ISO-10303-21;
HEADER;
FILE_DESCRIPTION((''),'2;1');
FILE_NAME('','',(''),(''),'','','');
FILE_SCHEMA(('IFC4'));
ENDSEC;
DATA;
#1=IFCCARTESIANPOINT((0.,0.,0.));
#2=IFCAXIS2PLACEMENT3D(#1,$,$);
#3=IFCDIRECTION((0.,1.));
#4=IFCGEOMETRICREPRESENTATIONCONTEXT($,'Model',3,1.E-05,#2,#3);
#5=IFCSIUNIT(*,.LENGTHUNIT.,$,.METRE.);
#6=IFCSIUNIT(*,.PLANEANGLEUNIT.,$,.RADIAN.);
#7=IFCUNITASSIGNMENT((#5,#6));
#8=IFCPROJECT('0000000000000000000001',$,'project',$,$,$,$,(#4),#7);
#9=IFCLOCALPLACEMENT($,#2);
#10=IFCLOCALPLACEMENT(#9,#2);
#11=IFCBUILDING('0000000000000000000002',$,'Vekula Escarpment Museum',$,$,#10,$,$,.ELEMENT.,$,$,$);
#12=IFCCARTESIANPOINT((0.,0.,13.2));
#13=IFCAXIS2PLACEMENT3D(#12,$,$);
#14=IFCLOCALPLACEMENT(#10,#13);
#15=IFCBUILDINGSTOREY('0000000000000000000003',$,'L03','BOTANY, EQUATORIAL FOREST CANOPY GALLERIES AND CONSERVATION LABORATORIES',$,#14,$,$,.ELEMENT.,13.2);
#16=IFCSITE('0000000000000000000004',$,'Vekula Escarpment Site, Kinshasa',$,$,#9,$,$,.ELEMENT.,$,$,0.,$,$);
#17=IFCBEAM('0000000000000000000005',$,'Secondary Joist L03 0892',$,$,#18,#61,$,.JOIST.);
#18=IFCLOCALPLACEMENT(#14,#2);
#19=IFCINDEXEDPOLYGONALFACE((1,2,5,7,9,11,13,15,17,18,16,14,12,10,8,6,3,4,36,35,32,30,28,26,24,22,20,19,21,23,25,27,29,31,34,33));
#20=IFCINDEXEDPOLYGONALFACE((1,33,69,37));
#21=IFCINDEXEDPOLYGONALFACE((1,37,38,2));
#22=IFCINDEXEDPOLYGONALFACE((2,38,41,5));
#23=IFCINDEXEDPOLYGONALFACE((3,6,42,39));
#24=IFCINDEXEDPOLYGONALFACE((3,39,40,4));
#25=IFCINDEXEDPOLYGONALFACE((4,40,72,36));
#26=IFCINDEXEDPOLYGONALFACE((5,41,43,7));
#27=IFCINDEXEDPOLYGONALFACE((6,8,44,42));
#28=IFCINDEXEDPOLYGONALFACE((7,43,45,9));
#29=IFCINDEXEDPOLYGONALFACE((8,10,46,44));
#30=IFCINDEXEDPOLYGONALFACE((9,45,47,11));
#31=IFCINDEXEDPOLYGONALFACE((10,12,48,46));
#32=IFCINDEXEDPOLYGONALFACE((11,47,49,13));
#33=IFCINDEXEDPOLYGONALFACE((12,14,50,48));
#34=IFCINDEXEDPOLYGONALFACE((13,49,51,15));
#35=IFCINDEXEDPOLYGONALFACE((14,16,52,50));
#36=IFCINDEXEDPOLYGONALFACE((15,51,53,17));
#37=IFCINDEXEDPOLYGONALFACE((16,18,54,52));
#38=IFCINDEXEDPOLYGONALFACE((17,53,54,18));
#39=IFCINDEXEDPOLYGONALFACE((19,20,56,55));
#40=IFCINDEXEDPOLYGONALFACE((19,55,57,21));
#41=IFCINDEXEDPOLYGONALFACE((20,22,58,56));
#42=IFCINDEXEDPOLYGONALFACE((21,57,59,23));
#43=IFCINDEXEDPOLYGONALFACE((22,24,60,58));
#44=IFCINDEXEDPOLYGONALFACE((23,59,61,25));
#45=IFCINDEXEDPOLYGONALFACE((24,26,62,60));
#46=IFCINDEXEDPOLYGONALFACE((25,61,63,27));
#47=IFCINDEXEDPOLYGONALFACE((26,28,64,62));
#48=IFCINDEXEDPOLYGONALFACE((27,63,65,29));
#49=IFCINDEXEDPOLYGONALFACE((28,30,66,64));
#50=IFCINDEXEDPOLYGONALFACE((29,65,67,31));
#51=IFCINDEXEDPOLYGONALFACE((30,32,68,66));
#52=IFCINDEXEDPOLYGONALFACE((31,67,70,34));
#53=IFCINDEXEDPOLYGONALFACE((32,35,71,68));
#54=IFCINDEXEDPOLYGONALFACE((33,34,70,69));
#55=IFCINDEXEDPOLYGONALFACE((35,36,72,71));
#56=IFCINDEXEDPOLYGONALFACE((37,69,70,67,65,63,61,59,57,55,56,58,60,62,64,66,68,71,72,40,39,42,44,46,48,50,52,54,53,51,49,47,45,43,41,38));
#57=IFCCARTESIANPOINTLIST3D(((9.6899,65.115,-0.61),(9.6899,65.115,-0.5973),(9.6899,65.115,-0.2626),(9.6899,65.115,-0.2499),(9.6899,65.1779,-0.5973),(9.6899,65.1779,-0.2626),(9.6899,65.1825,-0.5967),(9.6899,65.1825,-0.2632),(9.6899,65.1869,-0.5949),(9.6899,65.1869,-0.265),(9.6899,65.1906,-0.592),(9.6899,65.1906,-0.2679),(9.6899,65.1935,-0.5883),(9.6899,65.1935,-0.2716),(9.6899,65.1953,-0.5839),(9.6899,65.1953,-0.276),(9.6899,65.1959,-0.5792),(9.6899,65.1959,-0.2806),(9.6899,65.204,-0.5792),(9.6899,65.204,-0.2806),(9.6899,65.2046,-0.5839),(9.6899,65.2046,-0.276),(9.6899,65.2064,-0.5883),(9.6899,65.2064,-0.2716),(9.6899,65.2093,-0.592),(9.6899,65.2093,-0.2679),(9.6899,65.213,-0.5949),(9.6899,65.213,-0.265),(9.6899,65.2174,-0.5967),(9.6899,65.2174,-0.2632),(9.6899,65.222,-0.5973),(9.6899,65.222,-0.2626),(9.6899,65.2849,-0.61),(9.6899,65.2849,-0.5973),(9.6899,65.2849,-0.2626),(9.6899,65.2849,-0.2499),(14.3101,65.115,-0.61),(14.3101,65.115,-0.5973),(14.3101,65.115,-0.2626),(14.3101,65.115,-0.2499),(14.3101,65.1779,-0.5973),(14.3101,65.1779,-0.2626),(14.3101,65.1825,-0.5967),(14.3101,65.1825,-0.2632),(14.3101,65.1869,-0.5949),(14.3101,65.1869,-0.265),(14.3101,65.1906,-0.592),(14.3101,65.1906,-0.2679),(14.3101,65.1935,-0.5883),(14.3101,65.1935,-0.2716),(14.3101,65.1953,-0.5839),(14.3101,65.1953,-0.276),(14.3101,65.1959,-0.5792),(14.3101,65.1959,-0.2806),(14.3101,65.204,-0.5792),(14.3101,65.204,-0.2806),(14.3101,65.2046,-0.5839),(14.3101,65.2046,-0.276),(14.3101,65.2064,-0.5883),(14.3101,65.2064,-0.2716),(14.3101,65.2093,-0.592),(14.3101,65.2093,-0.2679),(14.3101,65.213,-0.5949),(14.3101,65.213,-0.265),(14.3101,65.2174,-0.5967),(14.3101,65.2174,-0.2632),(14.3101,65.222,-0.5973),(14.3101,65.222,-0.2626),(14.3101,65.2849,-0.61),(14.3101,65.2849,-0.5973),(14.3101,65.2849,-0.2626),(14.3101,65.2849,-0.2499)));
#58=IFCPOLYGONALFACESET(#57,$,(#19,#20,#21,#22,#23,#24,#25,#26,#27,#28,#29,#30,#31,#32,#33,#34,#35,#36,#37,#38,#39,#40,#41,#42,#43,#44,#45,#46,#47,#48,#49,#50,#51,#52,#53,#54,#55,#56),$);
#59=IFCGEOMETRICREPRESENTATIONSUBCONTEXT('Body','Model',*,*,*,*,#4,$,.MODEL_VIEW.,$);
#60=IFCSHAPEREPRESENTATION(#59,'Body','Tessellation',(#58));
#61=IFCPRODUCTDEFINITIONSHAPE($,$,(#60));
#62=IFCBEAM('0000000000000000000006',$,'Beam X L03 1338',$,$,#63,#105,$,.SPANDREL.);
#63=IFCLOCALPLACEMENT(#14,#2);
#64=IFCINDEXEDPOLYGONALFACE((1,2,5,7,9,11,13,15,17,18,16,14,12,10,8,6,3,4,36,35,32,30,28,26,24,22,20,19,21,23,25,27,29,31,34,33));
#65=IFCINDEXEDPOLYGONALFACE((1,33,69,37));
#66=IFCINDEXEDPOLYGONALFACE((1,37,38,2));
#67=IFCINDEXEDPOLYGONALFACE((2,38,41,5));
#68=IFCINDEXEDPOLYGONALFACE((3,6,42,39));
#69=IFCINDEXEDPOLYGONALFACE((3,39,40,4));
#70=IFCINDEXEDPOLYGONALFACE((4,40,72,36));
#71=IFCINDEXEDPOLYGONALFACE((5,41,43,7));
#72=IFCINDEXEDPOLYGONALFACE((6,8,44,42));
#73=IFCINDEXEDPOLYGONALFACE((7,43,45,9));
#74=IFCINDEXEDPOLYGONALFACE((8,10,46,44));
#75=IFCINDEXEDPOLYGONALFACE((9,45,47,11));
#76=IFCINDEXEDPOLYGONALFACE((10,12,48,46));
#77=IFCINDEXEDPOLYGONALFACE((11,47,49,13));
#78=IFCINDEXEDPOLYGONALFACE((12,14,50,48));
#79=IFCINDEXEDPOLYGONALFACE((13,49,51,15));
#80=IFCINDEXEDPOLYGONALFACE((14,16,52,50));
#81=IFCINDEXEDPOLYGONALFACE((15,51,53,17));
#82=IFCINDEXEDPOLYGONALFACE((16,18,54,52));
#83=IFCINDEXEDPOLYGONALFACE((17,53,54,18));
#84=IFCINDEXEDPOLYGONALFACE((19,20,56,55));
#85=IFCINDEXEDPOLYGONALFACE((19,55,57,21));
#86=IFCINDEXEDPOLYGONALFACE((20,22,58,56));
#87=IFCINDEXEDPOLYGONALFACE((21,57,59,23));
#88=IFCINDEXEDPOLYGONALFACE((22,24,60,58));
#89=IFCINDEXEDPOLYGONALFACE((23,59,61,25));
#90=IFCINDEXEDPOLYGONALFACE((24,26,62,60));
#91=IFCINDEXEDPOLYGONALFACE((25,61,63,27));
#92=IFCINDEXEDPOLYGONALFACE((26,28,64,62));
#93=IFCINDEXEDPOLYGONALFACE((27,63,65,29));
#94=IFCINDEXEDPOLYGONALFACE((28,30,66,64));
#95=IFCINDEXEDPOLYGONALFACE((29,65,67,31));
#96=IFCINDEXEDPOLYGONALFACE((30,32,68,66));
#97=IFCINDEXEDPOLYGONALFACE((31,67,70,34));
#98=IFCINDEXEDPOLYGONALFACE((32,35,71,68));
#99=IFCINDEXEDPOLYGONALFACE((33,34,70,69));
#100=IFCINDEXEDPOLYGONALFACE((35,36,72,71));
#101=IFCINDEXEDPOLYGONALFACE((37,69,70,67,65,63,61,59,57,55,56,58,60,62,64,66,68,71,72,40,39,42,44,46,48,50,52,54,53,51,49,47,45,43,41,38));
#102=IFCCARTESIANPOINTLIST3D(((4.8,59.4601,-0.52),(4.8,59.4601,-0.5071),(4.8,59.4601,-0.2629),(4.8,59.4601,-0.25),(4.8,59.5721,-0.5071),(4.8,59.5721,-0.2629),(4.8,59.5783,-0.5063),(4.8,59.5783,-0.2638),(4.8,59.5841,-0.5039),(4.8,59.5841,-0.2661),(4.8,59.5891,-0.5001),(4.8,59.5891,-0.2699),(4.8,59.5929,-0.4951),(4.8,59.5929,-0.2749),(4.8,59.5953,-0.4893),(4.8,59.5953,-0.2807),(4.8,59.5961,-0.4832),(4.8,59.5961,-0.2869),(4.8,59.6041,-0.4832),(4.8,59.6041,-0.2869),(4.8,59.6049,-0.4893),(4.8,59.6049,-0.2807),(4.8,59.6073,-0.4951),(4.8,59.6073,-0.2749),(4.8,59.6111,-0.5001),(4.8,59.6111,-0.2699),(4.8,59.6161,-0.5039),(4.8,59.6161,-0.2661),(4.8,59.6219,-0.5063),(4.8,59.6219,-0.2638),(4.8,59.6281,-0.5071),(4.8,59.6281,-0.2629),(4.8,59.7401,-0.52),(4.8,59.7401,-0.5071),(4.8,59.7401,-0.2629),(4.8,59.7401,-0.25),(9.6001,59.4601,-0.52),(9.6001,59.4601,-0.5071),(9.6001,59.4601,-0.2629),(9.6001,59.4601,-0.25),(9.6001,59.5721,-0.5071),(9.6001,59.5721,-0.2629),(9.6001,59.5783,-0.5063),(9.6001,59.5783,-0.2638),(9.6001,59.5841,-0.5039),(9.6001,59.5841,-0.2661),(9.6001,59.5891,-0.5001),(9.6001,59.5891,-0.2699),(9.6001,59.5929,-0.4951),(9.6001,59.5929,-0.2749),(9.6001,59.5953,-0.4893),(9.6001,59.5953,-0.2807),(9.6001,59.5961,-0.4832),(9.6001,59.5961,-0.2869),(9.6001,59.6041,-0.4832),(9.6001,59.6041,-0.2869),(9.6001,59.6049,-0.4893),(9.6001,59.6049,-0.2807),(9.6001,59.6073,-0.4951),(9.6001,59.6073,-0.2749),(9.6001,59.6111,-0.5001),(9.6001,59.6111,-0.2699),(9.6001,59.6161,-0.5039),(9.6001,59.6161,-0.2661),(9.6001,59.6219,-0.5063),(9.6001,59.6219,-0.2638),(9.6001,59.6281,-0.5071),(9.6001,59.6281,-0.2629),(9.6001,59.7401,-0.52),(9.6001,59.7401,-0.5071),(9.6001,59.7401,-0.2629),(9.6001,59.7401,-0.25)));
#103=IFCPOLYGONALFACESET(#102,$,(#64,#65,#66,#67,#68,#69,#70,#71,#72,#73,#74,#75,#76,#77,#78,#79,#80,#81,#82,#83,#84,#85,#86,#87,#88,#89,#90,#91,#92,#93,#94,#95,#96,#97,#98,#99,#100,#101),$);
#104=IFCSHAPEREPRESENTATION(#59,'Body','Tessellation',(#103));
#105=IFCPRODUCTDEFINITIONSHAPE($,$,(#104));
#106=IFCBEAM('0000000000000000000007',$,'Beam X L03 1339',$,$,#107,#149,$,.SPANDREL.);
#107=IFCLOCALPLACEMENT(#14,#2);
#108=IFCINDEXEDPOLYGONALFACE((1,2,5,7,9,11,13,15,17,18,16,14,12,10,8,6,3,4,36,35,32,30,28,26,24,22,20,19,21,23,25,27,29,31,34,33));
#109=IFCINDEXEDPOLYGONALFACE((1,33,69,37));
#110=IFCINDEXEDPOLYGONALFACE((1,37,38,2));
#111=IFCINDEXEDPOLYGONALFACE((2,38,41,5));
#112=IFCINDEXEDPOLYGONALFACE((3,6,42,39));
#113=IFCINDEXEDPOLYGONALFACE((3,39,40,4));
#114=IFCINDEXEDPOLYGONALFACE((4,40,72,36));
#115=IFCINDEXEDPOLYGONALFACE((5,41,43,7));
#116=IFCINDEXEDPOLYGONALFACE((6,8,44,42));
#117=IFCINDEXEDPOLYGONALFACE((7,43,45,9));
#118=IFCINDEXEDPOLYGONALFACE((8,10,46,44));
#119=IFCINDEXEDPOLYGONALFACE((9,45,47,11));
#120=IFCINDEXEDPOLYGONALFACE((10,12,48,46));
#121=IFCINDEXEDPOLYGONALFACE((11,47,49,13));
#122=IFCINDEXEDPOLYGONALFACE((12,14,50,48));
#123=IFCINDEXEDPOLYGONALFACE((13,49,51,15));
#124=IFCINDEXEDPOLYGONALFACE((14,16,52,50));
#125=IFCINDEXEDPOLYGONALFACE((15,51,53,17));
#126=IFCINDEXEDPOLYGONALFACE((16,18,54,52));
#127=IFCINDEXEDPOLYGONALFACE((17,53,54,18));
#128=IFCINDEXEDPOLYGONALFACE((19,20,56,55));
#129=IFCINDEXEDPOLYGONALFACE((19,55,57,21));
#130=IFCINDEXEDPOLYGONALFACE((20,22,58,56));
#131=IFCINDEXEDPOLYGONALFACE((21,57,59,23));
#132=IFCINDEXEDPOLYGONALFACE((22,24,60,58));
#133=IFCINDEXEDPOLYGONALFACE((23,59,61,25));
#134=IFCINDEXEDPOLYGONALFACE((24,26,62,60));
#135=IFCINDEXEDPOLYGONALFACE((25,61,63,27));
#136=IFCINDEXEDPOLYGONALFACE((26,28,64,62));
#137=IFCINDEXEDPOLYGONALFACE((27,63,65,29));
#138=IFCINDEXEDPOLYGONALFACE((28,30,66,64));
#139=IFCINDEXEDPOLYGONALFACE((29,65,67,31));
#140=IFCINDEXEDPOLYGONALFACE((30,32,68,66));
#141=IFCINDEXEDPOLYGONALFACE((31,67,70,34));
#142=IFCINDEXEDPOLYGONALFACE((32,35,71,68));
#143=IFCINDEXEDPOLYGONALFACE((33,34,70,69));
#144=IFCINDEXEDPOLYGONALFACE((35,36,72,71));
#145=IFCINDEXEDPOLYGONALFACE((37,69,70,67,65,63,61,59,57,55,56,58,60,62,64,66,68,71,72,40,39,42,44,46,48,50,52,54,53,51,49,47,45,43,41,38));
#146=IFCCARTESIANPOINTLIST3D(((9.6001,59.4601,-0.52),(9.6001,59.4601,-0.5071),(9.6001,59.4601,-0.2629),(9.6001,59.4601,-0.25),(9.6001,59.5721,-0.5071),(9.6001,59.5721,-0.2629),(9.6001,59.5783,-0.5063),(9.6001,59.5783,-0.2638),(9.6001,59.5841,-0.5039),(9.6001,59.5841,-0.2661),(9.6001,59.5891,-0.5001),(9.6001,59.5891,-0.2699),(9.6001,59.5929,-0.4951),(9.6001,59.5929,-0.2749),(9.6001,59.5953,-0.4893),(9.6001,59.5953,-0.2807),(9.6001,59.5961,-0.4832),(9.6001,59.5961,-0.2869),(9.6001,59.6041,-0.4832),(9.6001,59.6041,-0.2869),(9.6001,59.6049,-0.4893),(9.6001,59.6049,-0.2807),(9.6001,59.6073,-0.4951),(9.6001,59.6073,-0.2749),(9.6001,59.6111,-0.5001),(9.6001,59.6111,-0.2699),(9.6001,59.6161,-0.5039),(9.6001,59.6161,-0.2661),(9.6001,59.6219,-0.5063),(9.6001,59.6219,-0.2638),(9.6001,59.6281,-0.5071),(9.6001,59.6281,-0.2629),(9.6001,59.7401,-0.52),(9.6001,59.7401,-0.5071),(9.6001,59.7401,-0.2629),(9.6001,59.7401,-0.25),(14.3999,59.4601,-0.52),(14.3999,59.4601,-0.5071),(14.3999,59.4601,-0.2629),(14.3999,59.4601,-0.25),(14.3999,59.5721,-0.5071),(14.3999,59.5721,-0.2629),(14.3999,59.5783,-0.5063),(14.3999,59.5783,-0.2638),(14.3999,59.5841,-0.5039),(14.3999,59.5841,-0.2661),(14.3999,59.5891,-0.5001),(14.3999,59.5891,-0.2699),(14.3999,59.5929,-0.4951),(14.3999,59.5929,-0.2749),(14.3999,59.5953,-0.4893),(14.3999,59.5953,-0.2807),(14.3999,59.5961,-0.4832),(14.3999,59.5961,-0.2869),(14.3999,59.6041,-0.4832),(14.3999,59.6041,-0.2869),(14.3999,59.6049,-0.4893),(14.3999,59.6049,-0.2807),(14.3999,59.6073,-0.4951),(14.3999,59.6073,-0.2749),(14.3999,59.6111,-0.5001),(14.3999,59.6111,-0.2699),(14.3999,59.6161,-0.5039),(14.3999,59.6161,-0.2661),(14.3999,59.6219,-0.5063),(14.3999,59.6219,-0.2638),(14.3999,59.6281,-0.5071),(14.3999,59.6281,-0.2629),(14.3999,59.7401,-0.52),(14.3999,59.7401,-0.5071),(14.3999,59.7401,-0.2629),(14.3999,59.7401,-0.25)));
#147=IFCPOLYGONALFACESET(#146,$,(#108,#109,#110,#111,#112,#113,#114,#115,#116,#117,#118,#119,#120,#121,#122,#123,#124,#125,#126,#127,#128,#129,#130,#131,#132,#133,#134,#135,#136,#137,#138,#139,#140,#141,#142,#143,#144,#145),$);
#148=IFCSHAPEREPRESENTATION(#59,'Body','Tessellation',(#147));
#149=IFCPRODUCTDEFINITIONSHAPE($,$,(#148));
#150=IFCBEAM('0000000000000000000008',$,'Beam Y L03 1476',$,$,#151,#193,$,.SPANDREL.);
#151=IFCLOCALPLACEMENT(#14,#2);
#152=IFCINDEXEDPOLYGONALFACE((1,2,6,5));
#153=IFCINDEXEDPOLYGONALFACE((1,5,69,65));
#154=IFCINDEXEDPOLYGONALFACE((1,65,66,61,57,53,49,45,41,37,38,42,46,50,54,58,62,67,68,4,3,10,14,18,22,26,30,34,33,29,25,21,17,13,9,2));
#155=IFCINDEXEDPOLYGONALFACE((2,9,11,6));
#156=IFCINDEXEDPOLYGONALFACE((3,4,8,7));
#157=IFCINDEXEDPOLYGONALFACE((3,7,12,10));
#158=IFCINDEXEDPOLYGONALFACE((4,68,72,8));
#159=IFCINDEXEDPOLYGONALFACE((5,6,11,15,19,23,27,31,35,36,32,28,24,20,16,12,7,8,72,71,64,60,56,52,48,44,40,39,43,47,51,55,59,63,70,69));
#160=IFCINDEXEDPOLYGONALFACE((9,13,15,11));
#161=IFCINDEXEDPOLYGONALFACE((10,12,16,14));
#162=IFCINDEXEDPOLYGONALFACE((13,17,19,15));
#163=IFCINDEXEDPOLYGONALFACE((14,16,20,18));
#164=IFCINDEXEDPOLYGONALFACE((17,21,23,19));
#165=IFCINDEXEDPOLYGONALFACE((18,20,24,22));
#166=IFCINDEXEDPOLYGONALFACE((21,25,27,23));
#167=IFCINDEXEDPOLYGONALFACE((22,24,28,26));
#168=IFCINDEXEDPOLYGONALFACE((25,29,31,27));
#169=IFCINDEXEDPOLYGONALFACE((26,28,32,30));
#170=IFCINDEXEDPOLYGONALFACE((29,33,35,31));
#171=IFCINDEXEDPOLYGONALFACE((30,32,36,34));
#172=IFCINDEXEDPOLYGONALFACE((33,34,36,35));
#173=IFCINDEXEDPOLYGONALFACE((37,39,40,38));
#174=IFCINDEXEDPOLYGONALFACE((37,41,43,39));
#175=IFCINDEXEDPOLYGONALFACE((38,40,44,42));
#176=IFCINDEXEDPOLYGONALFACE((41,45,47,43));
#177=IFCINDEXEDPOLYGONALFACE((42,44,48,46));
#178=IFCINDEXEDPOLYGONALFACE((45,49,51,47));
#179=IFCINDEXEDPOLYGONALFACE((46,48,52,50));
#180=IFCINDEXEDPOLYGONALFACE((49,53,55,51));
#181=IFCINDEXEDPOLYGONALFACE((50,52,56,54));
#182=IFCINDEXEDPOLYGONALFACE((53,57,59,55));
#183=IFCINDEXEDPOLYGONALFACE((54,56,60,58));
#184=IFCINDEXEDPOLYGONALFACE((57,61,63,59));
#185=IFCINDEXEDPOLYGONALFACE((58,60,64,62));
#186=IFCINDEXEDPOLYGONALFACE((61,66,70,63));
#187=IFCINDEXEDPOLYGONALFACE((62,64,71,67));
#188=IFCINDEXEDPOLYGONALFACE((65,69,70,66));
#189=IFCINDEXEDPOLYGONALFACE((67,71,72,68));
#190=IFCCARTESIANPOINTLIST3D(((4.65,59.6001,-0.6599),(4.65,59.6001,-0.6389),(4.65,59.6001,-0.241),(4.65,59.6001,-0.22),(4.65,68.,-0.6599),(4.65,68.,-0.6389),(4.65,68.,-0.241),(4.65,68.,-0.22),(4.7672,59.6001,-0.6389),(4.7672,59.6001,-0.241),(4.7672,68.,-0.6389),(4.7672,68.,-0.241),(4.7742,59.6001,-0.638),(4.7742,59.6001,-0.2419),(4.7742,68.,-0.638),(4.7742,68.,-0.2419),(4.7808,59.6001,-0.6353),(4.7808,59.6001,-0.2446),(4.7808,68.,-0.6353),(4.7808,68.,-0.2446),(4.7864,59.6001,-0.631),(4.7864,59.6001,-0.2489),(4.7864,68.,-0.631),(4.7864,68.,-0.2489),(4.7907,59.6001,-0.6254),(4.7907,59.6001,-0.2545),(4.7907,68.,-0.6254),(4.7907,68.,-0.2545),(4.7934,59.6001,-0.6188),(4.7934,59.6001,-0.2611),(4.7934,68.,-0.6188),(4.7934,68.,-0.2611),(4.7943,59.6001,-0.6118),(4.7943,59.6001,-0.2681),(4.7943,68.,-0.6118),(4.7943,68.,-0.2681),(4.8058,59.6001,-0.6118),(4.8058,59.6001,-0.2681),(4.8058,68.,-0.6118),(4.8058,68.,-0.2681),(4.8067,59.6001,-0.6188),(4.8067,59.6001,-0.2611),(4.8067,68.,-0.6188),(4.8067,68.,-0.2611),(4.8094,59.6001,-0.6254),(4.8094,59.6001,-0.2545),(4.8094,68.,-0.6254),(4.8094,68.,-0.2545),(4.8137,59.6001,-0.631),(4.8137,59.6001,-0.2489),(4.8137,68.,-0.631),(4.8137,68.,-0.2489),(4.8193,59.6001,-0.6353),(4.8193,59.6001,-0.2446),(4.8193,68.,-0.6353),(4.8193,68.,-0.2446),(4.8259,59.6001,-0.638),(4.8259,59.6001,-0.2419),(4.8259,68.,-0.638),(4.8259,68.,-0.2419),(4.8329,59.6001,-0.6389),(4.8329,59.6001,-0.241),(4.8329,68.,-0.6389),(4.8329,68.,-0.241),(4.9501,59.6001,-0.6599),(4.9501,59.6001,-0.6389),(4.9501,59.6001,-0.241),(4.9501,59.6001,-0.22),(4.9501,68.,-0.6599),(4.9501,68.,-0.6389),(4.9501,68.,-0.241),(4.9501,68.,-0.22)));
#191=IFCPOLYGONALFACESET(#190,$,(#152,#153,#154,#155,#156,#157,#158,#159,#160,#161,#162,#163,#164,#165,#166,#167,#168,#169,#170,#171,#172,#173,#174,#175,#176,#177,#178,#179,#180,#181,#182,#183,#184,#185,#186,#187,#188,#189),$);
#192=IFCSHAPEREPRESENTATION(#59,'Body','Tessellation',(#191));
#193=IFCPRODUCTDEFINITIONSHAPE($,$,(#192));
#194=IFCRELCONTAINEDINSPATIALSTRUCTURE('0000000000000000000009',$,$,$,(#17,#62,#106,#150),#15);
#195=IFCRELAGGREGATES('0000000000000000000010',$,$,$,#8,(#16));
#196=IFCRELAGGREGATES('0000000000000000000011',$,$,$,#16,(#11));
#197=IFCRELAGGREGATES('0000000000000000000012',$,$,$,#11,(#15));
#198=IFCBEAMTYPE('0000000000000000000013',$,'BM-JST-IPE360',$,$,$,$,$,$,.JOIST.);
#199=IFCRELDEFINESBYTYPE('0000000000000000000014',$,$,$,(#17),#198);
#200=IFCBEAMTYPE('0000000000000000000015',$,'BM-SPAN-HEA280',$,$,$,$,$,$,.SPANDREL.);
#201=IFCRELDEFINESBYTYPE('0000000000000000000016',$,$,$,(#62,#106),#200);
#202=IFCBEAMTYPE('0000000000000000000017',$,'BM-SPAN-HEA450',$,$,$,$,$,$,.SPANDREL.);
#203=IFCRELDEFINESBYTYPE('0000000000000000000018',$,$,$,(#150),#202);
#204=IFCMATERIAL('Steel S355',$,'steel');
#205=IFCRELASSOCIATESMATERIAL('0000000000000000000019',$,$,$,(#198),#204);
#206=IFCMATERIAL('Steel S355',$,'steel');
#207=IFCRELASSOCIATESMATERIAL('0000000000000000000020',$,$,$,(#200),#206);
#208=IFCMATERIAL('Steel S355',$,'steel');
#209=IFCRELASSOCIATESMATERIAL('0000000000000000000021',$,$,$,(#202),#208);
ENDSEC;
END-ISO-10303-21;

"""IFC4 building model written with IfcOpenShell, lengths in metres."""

from ifc_helpers import new_model, si_unit, direction, frame, origin, origin_2d, place, context, subcontext, project, spatial, i_section, extrude, material, material_profile, profile_set, type_object, element, save


model = new_model("IFC4")

# Units and contexts
model_context = context("Model", 3, precision=1e-05, world=origin(), true_north=direction((0.0, 1.0)))
body_context = subcontext(model_context, "Body", "Model", "MODEL_VIEW")
ifc_project = project(units=[si_unit("LENGTHUNIT", "METRE"), si_unit("PLANEANGLEUNIT", "RADIAN")], contexts=[model_context])

# Site, building, storey
site_placement = place(None, origin())
site = spatial("IfcSite", under=ifc_project, at=site_placement, Name="Vekula Escarpment Site, Kinshasa", CompositionType="ELEMENT", RefElevation=0.0)
building_placement = place(site_placement, origin())
building = spatial("IfcBuilding", under=site, at=building_placement, Name="Vekula Escarpment Museum", CompositionType="ELEMENT")
storey_placement = place(building_placement, frame((0.0, 0.0, 13.2)))
storey = spatial("IfcBuildingStorey", under=building, at=storey_placement, Name="L03", Description="BOTANY, EQUATORIAL FOREST CANOPY GALLERIES AND CONSERVATION LABORATORIES", CompositionType="ELEMENT", Elevation=13.2)

# Beams
ifc_material_1 = material(Name="Steel S355", Category="steel")
ifc_material_profile_1 = material_profile(ifc_material_1, i_section(OverallWidth=0.1699, OverallDepth=0.3601, WebThickness=0.0081, FlangeThickness=0.0127, FilletRadius=0.0181, at=origin_2d()), Name="IPE 360")
ifc_profile_set_1 = profile_set([ifc_material_profile_1], Name="Steel S355")
beam_type_1 = type_object("IfcBeamType", Name="BM-JST-IPE360", PredefinedType="JOIST", material=ifc_profile_set_1)
for number, where, z_axis, x_axis, name in (
    (1, (9.6899, 65.2, -0.4299), (1.0, 0.0, 0.0), (0.0, 1.0, 0.0), "Secondary Joist L03 0892"),
):
    element("IfcBeam", number, at=place(storey_placement, frame(where, z_axis=z_axis, x_axis=x_axis)), inside=storey, type_object=beam_type_1, Name=name, PredefinedType="JOIST", context=body_context, shape_type="SweptSolid", body=[
        extrude(i_section(OverallWidth=0.1699, OverallDepth=0.3601, WebThickness=0.0081, FlangeThickness=0.0127, FilletRadius=0.0181, at=origin_2d()), origin(), (0.0, 0.0, 1.0), 4.6201),
    ])
ifc_material_2 = material(Name="Steel S355", Category="steel")
ifc_material_profile_2 = material_profile(ifc_material_2, i_section(OverallWidth=0.28, OverallDepth=0.27, WebThickness=0.0081, FlangeThickness=0.0129, FilletRadius=0.0239, at=origin_2d()), Name="HEA 280")
ifc_profile_set_2 = profile_set([ifc_material_profile_2], Name="Steel S355")
beam_type_2 = type_object("IfcBeamType", Name="BM-SPAN-HEA280", PredefinedType="SPANDREL", material=ifc_profile_set_2)
beam_1_placement = place(storey_placement, frame((4.8, 59.6001, -0.385), z_axis=(1.0, 0.0, 0.0), x_axis=(0.0, 1.0, 0.0)))
element("IfcBeam", 2, at=beam_1_placement, inside=storey, type_object=beam_type_2, Name="Beam X L03 1338", PredefinedType="SPANDREL", context=body_context, shape_type="SweptSolid", body=[
    extrude(i_section(OverallWidth=0.28, OverallDepth=0.27, WebThickness=0.0081, FlangeThickness=0.0129, FilletRadius=0.0239, at=origin_2d()), origin(), (0.0, 0.0, 1.0), 4.8),
])
beam_2_placement = place(storey_placement, frame((9.6001, 59.6001, -0.385), z_axis=(1.0, 0.0, 0.0), x_axis=(0.0, 1.0, 0.0)))
element("IfcBeam", 3, at=beam_2_placement, inside=storey, type_object=beam_type_2, Name="Beam X L03 1339", PredefinedType="SPANDREL", context=body_context, shape_type="SweptSolid", body=[
    extrude(i_section(OverallWidth=0.28, OverallDepth=0.27, WebThickness=0.0081, FlangeThickness=0.0129, FilletRadius=0.0239, at=origin_2d()), origin(), (0.0, 0.0, 1.0), 4.7998),
])
ifc_material_3 = material(Name="Steel S355", Category="steel")
ifc_material_profile_3 = material_profile(ifc_material_3, i_section(OverallWidth=0.3, OverallDepth=0.4399, WebThickness=0.0115, FlangeThickness=0.021, FilletRadius=0.0271, at=origin_2d()), Name="HEA 450")
ifc_profile_set_3 = profile_set([ifc_material_profile_3], Name="Steel S355")
beam_type_3 = type_object("IfcBeamType", Name="BM-SPAN-HEA450", PredefinedType="SPANDREL", material=ifc_profile_set_3)
for number, where, z_axis, x_axis, name in (
    (4, (4.8, 59.6001, -0.4399), (0.0, 1.0, 0.0), (-1.0, 0.0, 0.0), "Beam Y L03 1476"),
):
    element("IfcBeam", number, at=place(storey_placement, frame(where, z_axis=z_axis, x_axis=x_axis)), inside=storey, type_object=beam_type_3, Name=name, PredefinedType="SPANDREL", context=body_context, shape_type="SweptSolid", body=[
        extrude(i_section(OverallWidth=0.3, OverallDepth=0.4399, WebThickness=0.0115, FlangeThickness=0.021, FilletRadius=0.0271, at=origin_2d()), origin(), (0.0, 0.0, 1.0), 8.3999),
    ])

save(model, "model.ifc")
